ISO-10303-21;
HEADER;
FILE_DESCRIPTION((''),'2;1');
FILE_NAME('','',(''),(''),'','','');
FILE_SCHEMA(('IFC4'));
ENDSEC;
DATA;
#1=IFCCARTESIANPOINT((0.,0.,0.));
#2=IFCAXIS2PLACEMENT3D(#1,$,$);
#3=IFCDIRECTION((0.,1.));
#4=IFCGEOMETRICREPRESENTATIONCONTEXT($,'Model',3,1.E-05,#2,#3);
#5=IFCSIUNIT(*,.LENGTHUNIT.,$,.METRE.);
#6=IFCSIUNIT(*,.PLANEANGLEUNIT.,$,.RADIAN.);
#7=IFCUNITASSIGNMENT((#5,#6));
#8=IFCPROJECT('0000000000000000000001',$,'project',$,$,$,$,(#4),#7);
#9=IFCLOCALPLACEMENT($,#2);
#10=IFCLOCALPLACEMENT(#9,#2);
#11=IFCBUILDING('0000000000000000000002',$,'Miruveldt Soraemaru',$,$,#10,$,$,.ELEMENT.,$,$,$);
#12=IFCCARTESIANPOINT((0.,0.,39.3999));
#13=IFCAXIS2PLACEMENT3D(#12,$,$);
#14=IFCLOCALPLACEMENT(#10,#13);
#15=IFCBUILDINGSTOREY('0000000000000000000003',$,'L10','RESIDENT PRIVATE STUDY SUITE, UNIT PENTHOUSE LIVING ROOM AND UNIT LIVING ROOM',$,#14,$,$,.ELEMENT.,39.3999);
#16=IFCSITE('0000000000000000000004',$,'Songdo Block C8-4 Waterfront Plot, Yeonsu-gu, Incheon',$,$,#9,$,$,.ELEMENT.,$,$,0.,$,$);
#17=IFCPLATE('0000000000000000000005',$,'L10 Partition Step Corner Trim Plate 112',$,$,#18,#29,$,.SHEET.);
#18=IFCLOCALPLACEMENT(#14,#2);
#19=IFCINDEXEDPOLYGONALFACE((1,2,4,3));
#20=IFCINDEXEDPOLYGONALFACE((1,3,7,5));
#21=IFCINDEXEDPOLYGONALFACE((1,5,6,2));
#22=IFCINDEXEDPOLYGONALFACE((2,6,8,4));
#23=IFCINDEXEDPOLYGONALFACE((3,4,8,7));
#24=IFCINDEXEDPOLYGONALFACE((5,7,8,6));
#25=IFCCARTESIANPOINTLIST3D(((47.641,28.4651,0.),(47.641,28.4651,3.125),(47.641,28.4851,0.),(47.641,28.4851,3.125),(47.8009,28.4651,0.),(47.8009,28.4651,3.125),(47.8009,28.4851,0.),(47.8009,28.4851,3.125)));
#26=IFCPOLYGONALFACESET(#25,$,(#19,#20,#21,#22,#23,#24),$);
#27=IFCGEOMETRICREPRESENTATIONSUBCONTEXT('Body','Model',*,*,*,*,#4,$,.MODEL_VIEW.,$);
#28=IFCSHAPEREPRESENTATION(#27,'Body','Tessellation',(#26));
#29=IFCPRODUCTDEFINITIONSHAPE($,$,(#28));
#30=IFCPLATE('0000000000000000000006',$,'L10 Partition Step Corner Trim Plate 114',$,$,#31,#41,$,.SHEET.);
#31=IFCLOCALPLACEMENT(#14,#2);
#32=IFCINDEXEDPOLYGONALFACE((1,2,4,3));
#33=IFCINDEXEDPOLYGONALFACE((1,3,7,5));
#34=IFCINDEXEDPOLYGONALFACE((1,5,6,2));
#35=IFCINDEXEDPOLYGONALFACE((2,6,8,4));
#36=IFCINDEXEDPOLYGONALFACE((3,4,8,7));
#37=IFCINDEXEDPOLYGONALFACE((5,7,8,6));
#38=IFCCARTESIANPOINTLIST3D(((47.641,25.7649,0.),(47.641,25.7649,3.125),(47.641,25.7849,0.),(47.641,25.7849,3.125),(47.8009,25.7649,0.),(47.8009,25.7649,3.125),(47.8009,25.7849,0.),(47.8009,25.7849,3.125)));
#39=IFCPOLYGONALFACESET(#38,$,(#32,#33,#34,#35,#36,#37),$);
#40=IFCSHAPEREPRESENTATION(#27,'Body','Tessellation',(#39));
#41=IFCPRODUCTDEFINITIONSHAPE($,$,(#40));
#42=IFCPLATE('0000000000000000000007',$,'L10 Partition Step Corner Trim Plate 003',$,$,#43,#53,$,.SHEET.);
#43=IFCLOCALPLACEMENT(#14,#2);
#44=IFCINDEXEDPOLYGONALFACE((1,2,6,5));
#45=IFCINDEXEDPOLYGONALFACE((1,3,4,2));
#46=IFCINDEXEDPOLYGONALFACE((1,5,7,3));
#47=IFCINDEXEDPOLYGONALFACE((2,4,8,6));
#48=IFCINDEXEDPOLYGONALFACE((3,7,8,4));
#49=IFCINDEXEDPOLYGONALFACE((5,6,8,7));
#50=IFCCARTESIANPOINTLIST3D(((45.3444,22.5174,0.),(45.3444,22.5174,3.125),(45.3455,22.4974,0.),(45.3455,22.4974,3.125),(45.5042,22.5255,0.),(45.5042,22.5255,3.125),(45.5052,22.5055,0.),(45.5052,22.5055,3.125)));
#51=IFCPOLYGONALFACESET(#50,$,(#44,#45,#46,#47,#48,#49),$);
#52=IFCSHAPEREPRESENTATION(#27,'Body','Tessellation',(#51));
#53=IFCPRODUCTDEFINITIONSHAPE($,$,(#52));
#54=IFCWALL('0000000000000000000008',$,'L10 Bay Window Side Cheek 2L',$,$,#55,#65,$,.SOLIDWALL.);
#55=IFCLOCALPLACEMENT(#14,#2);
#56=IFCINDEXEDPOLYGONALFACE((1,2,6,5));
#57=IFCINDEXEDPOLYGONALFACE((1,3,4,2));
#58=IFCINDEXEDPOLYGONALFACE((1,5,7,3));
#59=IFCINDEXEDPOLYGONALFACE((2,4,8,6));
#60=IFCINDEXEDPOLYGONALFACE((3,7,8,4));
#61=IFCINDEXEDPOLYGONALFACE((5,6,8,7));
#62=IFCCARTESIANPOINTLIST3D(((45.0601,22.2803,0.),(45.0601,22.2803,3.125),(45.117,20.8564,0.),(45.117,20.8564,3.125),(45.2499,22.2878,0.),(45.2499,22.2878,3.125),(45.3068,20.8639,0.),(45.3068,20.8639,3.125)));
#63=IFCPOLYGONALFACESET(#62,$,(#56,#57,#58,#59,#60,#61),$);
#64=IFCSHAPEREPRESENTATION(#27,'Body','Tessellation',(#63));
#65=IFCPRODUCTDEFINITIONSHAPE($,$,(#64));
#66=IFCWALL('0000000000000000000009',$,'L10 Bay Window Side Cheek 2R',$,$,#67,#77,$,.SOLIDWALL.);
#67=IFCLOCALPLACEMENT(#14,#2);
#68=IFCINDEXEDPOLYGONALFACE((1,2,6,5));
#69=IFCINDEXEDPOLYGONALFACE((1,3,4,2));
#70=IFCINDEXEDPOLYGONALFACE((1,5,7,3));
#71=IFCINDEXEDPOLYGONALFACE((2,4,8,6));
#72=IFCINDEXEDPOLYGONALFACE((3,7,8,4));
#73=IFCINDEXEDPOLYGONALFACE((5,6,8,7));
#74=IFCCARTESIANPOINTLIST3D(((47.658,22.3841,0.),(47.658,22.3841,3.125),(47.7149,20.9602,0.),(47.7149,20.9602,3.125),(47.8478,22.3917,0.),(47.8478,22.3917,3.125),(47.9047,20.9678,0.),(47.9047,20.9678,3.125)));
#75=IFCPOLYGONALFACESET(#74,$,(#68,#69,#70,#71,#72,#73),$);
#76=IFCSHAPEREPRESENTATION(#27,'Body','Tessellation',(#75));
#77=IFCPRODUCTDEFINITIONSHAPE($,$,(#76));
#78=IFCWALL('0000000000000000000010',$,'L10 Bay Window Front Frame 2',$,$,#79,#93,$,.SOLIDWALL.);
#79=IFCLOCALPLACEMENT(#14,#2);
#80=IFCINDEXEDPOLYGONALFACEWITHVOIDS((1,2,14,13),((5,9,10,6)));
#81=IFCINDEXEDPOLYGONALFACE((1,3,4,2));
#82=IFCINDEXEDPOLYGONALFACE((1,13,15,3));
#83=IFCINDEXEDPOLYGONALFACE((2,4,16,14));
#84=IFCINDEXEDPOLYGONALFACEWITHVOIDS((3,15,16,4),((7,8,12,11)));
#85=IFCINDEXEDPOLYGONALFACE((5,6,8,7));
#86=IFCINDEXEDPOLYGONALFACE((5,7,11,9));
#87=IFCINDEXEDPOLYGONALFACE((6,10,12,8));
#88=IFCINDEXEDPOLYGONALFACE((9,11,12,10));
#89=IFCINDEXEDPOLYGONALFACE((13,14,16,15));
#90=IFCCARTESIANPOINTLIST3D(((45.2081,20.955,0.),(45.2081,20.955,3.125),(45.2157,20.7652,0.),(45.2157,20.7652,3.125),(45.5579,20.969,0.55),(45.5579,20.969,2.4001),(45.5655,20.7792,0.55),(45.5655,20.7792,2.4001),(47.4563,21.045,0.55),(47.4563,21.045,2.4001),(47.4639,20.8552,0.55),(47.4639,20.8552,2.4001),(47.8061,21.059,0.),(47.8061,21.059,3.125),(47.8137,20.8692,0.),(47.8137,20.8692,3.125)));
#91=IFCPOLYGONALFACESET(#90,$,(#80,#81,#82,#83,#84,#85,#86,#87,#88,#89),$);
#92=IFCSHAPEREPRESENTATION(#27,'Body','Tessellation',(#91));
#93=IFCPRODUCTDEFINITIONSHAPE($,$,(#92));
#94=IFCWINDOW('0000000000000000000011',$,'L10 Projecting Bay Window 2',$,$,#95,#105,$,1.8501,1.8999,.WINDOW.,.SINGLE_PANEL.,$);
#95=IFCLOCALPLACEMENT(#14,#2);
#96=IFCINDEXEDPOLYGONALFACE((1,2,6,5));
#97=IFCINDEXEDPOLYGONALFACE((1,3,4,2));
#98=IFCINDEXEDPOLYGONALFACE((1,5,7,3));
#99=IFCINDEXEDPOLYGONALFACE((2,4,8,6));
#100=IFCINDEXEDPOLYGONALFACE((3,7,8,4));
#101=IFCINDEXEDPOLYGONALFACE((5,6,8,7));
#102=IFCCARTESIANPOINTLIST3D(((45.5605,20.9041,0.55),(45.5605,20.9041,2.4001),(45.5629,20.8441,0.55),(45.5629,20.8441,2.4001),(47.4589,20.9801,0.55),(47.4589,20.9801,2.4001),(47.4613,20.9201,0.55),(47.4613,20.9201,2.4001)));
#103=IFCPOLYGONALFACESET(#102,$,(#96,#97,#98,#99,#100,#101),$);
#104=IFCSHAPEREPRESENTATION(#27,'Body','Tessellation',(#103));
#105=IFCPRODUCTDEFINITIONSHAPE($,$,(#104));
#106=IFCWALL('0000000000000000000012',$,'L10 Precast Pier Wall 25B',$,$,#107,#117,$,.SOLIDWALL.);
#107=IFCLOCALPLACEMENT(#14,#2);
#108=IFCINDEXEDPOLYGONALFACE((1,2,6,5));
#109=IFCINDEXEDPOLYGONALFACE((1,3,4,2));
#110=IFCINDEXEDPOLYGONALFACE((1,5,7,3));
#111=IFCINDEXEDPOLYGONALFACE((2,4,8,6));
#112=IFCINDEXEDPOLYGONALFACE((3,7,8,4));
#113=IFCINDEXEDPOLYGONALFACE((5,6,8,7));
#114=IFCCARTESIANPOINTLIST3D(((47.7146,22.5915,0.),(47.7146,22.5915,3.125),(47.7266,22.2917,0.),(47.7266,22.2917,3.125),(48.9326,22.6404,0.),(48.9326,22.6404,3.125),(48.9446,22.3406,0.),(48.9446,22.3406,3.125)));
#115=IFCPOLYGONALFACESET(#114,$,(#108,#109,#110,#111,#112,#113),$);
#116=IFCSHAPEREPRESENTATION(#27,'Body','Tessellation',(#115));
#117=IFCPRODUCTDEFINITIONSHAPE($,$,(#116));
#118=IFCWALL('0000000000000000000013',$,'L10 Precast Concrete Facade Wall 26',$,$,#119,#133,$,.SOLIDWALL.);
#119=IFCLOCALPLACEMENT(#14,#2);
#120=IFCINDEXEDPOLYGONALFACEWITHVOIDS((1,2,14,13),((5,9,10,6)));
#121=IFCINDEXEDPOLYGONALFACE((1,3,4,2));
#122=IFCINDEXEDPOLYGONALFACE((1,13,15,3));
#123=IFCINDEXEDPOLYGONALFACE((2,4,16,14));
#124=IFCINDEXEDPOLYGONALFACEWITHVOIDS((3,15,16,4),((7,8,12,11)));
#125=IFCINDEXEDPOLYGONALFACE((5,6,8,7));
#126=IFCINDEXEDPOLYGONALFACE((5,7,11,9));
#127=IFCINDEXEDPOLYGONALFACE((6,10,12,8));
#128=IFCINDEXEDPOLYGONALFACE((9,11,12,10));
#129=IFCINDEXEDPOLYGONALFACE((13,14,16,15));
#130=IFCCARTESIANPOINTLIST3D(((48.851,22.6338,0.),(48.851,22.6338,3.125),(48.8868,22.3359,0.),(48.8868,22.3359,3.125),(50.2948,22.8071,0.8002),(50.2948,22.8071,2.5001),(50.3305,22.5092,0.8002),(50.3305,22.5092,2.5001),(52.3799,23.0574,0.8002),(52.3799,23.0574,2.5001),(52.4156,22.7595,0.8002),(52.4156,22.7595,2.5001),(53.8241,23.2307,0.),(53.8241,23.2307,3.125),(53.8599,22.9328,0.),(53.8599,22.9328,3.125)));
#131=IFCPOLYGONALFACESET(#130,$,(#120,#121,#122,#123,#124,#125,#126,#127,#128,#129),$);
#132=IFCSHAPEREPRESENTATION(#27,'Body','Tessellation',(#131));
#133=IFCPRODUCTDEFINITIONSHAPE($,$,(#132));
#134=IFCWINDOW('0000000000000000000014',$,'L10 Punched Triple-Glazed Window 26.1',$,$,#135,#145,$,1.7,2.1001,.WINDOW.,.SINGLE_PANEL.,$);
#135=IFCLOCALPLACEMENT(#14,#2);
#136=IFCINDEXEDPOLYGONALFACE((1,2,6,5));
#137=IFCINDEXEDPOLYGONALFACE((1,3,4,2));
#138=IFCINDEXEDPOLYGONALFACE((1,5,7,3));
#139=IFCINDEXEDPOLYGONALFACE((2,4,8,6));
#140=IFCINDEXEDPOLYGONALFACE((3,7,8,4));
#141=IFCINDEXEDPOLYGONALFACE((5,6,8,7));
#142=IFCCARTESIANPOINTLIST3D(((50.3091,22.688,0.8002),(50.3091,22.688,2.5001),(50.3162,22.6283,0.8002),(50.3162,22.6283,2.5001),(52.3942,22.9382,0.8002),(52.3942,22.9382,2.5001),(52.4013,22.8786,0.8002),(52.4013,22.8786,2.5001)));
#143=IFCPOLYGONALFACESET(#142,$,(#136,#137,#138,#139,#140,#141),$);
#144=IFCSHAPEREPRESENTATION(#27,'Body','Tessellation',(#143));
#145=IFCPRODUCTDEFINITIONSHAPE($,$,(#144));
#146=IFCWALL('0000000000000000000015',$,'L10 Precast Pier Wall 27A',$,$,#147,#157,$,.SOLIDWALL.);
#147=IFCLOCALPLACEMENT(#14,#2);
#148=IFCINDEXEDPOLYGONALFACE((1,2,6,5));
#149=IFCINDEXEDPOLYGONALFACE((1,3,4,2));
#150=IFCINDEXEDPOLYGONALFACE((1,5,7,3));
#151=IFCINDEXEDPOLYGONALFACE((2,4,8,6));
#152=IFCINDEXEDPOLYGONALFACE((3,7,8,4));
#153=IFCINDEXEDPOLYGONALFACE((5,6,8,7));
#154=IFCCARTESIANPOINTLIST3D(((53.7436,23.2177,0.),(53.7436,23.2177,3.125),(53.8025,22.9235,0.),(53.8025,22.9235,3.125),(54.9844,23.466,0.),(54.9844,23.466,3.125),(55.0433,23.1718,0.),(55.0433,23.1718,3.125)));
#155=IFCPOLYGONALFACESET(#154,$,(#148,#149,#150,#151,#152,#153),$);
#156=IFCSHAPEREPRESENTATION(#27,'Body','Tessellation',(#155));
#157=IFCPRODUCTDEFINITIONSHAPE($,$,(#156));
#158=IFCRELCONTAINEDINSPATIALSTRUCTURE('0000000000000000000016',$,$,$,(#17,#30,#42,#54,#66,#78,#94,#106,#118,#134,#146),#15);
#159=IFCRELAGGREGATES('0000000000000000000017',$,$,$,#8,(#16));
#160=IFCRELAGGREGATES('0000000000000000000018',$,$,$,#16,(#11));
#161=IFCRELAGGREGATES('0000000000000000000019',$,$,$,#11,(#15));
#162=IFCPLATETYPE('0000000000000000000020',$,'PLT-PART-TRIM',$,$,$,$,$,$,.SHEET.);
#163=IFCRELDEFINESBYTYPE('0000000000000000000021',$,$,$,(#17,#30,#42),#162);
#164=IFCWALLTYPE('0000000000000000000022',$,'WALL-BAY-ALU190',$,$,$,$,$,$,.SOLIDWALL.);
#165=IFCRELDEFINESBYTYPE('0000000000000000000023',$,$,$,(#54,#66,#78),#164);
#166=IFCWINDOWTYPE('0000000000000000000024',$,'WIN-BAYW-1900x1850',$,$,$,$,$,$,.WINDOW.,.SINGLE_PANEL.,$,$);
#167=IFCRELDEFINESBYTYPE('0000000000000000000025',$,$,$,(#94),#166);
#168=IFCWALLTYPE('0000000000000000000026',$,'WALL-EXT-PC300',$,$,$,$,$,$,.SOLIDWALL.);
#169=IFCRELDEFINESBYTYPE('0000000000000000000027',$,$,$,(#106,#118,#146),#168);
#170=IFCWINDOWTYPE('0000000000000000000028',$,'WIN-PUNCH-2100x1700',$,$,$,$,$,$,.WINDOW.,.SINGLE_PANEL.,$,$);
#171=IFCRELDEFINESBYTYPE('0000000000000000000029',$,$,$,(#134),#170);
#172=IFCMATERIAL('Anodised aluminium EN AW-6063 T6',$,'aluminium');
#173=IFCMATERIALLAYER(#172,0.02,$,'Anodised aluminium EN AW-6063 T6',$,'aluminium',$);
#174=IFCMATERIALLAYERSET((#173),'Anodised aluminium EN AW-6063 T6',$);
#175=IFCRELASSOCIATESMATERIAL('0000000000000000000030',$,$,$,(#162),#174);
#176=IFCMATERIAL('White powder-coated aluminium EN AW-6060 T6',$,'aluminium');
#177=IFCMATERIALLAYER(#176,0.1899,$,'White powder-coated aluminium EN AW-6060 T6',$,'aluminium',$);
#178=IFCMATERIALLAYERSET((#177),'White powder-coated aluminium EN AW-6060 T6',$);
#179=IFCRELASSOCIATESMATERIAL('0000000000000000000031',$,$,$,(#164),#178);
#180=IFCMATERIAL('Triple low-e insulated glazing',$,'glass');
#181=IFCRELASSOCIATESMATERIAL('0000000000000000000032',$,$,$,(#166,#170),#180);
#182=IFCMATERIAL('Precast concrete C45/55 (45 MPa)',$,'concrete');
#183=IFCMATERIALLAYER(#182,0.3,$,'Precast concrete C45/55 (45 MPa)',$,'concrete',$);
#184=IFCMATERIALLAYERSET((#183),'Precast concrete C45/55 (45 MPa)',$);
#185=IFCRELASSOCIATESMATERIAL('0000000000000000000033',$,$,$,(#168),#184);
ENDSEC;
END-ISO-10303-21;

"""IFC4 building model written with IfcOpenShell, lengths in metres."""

from ifc_helpers import new_model, si_unit, direction, frame, frame_2d, origin, origin_2d, place, context, subcontext, project, spatial, rectangle, extrude, material, layer, layer_set, type_object, element, fill, save


model = new_model("IFC4")

# Units and contexts
model_context = context("Model", 3, precision=1e-05, world=origin(), true_north=direction((0.0, 1.0)))
body_context = subcontext(model_context, "Body", "Model", "MODEL_VIEW")
ifc_project = project(units=[si_unit("LENGTHUNIT", "METRE"), si_unit("PLANEANGLEUNIT", "RADIAN")], contexts=[model_context])

# Site, building, storey
site_placement = place(None, origin())
site = spatial("IfcSite", under=ifc_project, at=site_placement, Name="Songdo Block C8-4 Waterfront Plot, Yeonsu-gu, Incheon", CompositionType="ELEMENT", RefElevation=0.0)
building_placement = place(site_placement, origin())
building = spatial("IfcBuilding", under=site, at=building_placement, Name="Miruveldt Soraemaru", CompositionType="ELEMENT")
storey_placement = place(building_placement, frame((0.0, 0.0, 39.3999)))
storey = spatial("IfcBuildingStorey", under=building, at=storey_placement, Name="L10", Description="RESIDENT PRIVATE STUDY SUITE, UNIT PENTHOUSE LIVING ROOM AND UNIT LIVING ROOM", CompositionType="ELEMENT", Elevation=39.3999)

# Plates
ifc_material_1 = material(Name="Anodised aluminium EN AW-6063 T6", Category="aluminium")
ifc_layer_1 = layer(ifc_material_1, 0.02, Name="Anodised aluminium EN AW-6063 T6", Category="aluminium")
ifc_layer_set_1 = layer_set([ifc_layer_1], Name="Anodised aluminium EN AW-6063 T6")
plate_type = type_object("IfcPlateType", Name="PLT-PART-TRIM", PredefinedType="SHEET", material=ifc_layer_set_1)
for number, where, z_axis, x_axis, name in (
    (1, (47.7209, 28.4751, 0.0), (0.0, 0.0, 1.0), (-1.0, 0.0, 0.0), "L10 Partition Step Corner Trim Plate 112"),
    (2, (47.7209, 25.7749, 0.0), (0.0, 0.0, 1.0), (1.0, 0.0, 0.0), "L10 Partition Step Corner Trim Plate 114"),
    (3, (45.4248, 22.5115, 0.0), (0.0, 0.0, 1.0), (-0.998728, -0.050419, 0.0), "L10 Partition Step Corner Trim Plate 003"),
):
    element("IfcPlate", number, at=place(storey_placement, frame(where, z_axis=z_axis, x_axis=x_axis)), inside=storey, type_object=plate_type, Name=name, PredefinedType="SHEET", context=body_context, shape_type="SweptSolid", body=[
        extrude(rectangle(XDim=0.1599, YDim=0.02, at=origin_2d()), origin(), (0.0, 0.0, 1.0), 3.125),
    ])

# Walls
ifc_material_2 = material(Name="White powder-coated aluminium EN AW-6060 T6", Category="aluminium")
ifc_layer_2 = layer(ifc_material_2, 0.1899, Name="White powder-coated aluminium EN AW-6060 T6", Category="aluminium")
ifc_layer_set_2 = layer_set([ifc_layer_2], Name="White powder-coated aluminium EN AW-6060 T6")
wall_type_1 = type_object("IfcWallType", Name="WALL-BAY-ALU190", PredefinedType="SOLIDWALL", material=ifc_layer_set_2)
for number, where, z_axis, x_axis, name in (
    (4, (45.155, 22.2839, 0.0), (0.0, 0.0, 1.0), (0.03992, -0.999203, 0.0), "L10 Bay Window Side Cheek 2L"),
    (5, (47.8098, 20.9641, 0.0), (0.0, 0.0, 1.0), (-0.03992, 0.999203, 0.0), "L10 Bay Window Side Cheek 2R"),
):
    element("IfcWall", number, at=place(storey_placement, frame(where, z_axis=z_axis, x_axis=x_axis)), inside=storey, type_object=wall_type_1, Name=name, PredefinedType="SOLIDWALL", context=body_context, shape_type="SweptSolid", body=[
        extrude(rectangle(XDim=1.425, YDim=0.1899, at=frame_2d((0.7124, 0.0))), origin(), (0.0, 0.0, 1.0), 3.125),
    ])

# Wall, opening, window
wall_1_placement = place(storey_placement, frame((45.2119, 20.8601, 0.0), z_axis=(0.0, 0.0, 1.0), x_axis=(0.9992, 0.040002, 0.0)))
wall_1 = element("IfcWall", 6, at=wall_1_placement, inside=storey, type_object=wall_type_1, Name="L10 Bay Window Front Frame 2", PredefinedType="SOLIDWALL", context=body_context, shape_type="SweptSolid", body=[
    extrude(rectangle(XDim=2.6001, YDim=0.1899, at=frame_2d((1.3, 0.0))), origin(), (0.0, 0.0, 1.0), 3.125),
])
opening_1_placement = place(wall_1_placement, frame((0.3501, 0.0, 0.55)))
opening_1 = element("IfcOpeningElement", 7, at=opening_1_placement, cuts=wall_1, PredefinedType="OPENING", context=body_context, shape_type="SweptSolid", body=[
    extrude(rectangle(XDim=1.8999, YDim=1.8501, at=frame_2d((0.95, 0.925))), frame((0.0, 0.105, 0.0), z_axis=(0.0, -1.0, 0.0), x_axis=(1.0, 0.0, 0.0)), (0.0, 0.0, 1.0), 0.21),
])
ifc_material_3 = material(Name="Triple low-e insulated glazing", Category="glass")
window_type_1 = type_object("IfcWindowType", Name="WIN-BAYW-1900x1850", PartitioningType="SINGLE_PANEL", PredefinedType="WINDOW", material=ifc_material_3)
window_1_placement = place(opening_1_placement, origin())
window_1 = element("IfcWindow", 8, at=window_1_placement, inside=storey, type_object=window_type_1, Name="L10 Projecting Bay Window 2", OverallHeight=1.8501, OverallWidth=1.8999, PartitioningType="SINGLE_PANEL", PredefinedType="WINDOW", context=body_context, shape_type="SweptSolid", body=[
    extrude(rectangle(XDim=1.8999, YDim=1.8501, at=frame_2d((0.95, 0.925))), frame((0.0, 0.03, 0.0), z_axis=(0.0, -1.0, 0.0), x_axis=(1.0, 0.0, 0.0)), (0.0, 0.0, 1.0), 0.0601),
])
fill(opening_1, window_1)

# Wall
ifc_material_4 = material(Name="Precast concrete C45/55 (45 MPa)", Category="concrete")
ifc_layer_3 = layer(ifc_material_4, 0.3, Name="Precast concrete C45/55 (45 MPa)", Category="concrete")
ifc_layer_set_3 = layer_set([ifc_layer_3], Name="Precast concrete C45/55 (45 MPa)")
wall_type_2 = type_object("IfcWallType", Name="WALL-EXT-PC300", PredefinedType="SOLIDWALL", material=ifc_layer_set_3)
wall_2_placement = place(storey_placement, frame((47.7207, 22.4417, 0.0), z_axis=(0.0, 0.0, 1.0), x_axis=(0.999197, 0.040056, 0.0)))
element("IfcWall", 9, at=wall_2_placement, inside=storey, type_object=wall_type_2, Name="L10 Precast Pier Wall 25B", PredefinedType="SOLIDWALL", context=body_context, shape_type="SweptSolid", body=[
    extrude(rectangle(XDim=1.219, YDim=0.3, at=frame_2d((0.6094, 0.0))), origin(), (0.0, 0.0, 1.0), 3.125),
])

# Wall, opening, window
wall_3_placement = place(storey_placement, frame((48.8689, 22.4849, 0.0), z_axis=(0.0, 0.0, 1.0), x_axis=(0.992873, 0.119174, 0.0)))
wall_3 = element("IfcWall", 10, at=wall_3_placement, inside=storey, type_object=wall_type_2, Name="L10 Precast Concrete Facade Wall 26", PredefinedType="SOLIDWALL", context=body_context, shape_type="SweptSolid", body=[
    extrude(rectangle(XDim=5.0088, YDim=0.3, at=frame_2d((2.5044, 0.0))), origin(), (0.0, 0.0, 1.0), 3.125),
])
opening_2_placement = place(wall_3_placement, frame((1.4541, 0.0, 0.8)))
opening_2 = element("IfcOpeningElement", 11, at=opening_2_placement, cuts=wall_3, PredefinedType="OPENING", context=body_context, shape_type="SweptSolid", body=[
    extrude(rectangle(XDim=2.1001, YDim=1.7, at=frame_2d((1.05, 0.8501))), frame((0.0, 0.1602, 0.0), z_axis=(0.0, -1.0, 0.0), x_axis=(1.0, 0.0, 0.0)), (0.0, 0.0, 1.0), 0.3201),
])
window_type_2 = type_object("IfcWindowType", Name="WIN-PUNCH-2100x1700", PartitioningType="SINGLE_PANEL", PredefinedType="WINDOW", material=ifc_material_3)
window_2_placement = place(opening_2_placement, origin())
window_2 = element("IfcWindow", 12, at=window_2_placement, inside=storey, type_object=window_type_2, Name="L10 Punched Triple-Glazed Window 26.1", OverallHeight=1.7, OverallWidth=2.1001, PartitioningType="SINGLE_PANEL", PredefinedType="WINDOW", context=body_context, shape_type="SweptSolid", body=[
    extrude(rectangle(XDim=2.1001, YDim=1.7, at=frame_2d((1.05, 0.8501))), frame((0.0, 0.03, 0.0), z_axis=(0.0, -1.0, 0.0), x_axis=(1.0, 0.0, 0.0)), (0.0, 0.0, 1.0), 0.0601),
])
fill(opening_2, window_2)

# Wall
wall_4_placement = place(storey_placement, frame((53.7729, 23.0706, 0.0), z_axis=(0.0, 0.0, 1.0), x_axis=(0.980558, 0.196227, 0.0)))
element("IfcWall", 13, at=wall_4_placement, inside=storey, type_object=wall_type_2, Name="L10 Precast Pier Wall 27A", PredefinedType="SOLIDWALL", context=body_context, shape_type="SweptSolid", body=[
    extrude(rectangle(XDim=1.2654, YDim=0.3, at=frame_2d((0.6328, 0.0))), origin(), (0.0, 0.0, 1.0), 3.125),
])

save(model, "model.ifc")
